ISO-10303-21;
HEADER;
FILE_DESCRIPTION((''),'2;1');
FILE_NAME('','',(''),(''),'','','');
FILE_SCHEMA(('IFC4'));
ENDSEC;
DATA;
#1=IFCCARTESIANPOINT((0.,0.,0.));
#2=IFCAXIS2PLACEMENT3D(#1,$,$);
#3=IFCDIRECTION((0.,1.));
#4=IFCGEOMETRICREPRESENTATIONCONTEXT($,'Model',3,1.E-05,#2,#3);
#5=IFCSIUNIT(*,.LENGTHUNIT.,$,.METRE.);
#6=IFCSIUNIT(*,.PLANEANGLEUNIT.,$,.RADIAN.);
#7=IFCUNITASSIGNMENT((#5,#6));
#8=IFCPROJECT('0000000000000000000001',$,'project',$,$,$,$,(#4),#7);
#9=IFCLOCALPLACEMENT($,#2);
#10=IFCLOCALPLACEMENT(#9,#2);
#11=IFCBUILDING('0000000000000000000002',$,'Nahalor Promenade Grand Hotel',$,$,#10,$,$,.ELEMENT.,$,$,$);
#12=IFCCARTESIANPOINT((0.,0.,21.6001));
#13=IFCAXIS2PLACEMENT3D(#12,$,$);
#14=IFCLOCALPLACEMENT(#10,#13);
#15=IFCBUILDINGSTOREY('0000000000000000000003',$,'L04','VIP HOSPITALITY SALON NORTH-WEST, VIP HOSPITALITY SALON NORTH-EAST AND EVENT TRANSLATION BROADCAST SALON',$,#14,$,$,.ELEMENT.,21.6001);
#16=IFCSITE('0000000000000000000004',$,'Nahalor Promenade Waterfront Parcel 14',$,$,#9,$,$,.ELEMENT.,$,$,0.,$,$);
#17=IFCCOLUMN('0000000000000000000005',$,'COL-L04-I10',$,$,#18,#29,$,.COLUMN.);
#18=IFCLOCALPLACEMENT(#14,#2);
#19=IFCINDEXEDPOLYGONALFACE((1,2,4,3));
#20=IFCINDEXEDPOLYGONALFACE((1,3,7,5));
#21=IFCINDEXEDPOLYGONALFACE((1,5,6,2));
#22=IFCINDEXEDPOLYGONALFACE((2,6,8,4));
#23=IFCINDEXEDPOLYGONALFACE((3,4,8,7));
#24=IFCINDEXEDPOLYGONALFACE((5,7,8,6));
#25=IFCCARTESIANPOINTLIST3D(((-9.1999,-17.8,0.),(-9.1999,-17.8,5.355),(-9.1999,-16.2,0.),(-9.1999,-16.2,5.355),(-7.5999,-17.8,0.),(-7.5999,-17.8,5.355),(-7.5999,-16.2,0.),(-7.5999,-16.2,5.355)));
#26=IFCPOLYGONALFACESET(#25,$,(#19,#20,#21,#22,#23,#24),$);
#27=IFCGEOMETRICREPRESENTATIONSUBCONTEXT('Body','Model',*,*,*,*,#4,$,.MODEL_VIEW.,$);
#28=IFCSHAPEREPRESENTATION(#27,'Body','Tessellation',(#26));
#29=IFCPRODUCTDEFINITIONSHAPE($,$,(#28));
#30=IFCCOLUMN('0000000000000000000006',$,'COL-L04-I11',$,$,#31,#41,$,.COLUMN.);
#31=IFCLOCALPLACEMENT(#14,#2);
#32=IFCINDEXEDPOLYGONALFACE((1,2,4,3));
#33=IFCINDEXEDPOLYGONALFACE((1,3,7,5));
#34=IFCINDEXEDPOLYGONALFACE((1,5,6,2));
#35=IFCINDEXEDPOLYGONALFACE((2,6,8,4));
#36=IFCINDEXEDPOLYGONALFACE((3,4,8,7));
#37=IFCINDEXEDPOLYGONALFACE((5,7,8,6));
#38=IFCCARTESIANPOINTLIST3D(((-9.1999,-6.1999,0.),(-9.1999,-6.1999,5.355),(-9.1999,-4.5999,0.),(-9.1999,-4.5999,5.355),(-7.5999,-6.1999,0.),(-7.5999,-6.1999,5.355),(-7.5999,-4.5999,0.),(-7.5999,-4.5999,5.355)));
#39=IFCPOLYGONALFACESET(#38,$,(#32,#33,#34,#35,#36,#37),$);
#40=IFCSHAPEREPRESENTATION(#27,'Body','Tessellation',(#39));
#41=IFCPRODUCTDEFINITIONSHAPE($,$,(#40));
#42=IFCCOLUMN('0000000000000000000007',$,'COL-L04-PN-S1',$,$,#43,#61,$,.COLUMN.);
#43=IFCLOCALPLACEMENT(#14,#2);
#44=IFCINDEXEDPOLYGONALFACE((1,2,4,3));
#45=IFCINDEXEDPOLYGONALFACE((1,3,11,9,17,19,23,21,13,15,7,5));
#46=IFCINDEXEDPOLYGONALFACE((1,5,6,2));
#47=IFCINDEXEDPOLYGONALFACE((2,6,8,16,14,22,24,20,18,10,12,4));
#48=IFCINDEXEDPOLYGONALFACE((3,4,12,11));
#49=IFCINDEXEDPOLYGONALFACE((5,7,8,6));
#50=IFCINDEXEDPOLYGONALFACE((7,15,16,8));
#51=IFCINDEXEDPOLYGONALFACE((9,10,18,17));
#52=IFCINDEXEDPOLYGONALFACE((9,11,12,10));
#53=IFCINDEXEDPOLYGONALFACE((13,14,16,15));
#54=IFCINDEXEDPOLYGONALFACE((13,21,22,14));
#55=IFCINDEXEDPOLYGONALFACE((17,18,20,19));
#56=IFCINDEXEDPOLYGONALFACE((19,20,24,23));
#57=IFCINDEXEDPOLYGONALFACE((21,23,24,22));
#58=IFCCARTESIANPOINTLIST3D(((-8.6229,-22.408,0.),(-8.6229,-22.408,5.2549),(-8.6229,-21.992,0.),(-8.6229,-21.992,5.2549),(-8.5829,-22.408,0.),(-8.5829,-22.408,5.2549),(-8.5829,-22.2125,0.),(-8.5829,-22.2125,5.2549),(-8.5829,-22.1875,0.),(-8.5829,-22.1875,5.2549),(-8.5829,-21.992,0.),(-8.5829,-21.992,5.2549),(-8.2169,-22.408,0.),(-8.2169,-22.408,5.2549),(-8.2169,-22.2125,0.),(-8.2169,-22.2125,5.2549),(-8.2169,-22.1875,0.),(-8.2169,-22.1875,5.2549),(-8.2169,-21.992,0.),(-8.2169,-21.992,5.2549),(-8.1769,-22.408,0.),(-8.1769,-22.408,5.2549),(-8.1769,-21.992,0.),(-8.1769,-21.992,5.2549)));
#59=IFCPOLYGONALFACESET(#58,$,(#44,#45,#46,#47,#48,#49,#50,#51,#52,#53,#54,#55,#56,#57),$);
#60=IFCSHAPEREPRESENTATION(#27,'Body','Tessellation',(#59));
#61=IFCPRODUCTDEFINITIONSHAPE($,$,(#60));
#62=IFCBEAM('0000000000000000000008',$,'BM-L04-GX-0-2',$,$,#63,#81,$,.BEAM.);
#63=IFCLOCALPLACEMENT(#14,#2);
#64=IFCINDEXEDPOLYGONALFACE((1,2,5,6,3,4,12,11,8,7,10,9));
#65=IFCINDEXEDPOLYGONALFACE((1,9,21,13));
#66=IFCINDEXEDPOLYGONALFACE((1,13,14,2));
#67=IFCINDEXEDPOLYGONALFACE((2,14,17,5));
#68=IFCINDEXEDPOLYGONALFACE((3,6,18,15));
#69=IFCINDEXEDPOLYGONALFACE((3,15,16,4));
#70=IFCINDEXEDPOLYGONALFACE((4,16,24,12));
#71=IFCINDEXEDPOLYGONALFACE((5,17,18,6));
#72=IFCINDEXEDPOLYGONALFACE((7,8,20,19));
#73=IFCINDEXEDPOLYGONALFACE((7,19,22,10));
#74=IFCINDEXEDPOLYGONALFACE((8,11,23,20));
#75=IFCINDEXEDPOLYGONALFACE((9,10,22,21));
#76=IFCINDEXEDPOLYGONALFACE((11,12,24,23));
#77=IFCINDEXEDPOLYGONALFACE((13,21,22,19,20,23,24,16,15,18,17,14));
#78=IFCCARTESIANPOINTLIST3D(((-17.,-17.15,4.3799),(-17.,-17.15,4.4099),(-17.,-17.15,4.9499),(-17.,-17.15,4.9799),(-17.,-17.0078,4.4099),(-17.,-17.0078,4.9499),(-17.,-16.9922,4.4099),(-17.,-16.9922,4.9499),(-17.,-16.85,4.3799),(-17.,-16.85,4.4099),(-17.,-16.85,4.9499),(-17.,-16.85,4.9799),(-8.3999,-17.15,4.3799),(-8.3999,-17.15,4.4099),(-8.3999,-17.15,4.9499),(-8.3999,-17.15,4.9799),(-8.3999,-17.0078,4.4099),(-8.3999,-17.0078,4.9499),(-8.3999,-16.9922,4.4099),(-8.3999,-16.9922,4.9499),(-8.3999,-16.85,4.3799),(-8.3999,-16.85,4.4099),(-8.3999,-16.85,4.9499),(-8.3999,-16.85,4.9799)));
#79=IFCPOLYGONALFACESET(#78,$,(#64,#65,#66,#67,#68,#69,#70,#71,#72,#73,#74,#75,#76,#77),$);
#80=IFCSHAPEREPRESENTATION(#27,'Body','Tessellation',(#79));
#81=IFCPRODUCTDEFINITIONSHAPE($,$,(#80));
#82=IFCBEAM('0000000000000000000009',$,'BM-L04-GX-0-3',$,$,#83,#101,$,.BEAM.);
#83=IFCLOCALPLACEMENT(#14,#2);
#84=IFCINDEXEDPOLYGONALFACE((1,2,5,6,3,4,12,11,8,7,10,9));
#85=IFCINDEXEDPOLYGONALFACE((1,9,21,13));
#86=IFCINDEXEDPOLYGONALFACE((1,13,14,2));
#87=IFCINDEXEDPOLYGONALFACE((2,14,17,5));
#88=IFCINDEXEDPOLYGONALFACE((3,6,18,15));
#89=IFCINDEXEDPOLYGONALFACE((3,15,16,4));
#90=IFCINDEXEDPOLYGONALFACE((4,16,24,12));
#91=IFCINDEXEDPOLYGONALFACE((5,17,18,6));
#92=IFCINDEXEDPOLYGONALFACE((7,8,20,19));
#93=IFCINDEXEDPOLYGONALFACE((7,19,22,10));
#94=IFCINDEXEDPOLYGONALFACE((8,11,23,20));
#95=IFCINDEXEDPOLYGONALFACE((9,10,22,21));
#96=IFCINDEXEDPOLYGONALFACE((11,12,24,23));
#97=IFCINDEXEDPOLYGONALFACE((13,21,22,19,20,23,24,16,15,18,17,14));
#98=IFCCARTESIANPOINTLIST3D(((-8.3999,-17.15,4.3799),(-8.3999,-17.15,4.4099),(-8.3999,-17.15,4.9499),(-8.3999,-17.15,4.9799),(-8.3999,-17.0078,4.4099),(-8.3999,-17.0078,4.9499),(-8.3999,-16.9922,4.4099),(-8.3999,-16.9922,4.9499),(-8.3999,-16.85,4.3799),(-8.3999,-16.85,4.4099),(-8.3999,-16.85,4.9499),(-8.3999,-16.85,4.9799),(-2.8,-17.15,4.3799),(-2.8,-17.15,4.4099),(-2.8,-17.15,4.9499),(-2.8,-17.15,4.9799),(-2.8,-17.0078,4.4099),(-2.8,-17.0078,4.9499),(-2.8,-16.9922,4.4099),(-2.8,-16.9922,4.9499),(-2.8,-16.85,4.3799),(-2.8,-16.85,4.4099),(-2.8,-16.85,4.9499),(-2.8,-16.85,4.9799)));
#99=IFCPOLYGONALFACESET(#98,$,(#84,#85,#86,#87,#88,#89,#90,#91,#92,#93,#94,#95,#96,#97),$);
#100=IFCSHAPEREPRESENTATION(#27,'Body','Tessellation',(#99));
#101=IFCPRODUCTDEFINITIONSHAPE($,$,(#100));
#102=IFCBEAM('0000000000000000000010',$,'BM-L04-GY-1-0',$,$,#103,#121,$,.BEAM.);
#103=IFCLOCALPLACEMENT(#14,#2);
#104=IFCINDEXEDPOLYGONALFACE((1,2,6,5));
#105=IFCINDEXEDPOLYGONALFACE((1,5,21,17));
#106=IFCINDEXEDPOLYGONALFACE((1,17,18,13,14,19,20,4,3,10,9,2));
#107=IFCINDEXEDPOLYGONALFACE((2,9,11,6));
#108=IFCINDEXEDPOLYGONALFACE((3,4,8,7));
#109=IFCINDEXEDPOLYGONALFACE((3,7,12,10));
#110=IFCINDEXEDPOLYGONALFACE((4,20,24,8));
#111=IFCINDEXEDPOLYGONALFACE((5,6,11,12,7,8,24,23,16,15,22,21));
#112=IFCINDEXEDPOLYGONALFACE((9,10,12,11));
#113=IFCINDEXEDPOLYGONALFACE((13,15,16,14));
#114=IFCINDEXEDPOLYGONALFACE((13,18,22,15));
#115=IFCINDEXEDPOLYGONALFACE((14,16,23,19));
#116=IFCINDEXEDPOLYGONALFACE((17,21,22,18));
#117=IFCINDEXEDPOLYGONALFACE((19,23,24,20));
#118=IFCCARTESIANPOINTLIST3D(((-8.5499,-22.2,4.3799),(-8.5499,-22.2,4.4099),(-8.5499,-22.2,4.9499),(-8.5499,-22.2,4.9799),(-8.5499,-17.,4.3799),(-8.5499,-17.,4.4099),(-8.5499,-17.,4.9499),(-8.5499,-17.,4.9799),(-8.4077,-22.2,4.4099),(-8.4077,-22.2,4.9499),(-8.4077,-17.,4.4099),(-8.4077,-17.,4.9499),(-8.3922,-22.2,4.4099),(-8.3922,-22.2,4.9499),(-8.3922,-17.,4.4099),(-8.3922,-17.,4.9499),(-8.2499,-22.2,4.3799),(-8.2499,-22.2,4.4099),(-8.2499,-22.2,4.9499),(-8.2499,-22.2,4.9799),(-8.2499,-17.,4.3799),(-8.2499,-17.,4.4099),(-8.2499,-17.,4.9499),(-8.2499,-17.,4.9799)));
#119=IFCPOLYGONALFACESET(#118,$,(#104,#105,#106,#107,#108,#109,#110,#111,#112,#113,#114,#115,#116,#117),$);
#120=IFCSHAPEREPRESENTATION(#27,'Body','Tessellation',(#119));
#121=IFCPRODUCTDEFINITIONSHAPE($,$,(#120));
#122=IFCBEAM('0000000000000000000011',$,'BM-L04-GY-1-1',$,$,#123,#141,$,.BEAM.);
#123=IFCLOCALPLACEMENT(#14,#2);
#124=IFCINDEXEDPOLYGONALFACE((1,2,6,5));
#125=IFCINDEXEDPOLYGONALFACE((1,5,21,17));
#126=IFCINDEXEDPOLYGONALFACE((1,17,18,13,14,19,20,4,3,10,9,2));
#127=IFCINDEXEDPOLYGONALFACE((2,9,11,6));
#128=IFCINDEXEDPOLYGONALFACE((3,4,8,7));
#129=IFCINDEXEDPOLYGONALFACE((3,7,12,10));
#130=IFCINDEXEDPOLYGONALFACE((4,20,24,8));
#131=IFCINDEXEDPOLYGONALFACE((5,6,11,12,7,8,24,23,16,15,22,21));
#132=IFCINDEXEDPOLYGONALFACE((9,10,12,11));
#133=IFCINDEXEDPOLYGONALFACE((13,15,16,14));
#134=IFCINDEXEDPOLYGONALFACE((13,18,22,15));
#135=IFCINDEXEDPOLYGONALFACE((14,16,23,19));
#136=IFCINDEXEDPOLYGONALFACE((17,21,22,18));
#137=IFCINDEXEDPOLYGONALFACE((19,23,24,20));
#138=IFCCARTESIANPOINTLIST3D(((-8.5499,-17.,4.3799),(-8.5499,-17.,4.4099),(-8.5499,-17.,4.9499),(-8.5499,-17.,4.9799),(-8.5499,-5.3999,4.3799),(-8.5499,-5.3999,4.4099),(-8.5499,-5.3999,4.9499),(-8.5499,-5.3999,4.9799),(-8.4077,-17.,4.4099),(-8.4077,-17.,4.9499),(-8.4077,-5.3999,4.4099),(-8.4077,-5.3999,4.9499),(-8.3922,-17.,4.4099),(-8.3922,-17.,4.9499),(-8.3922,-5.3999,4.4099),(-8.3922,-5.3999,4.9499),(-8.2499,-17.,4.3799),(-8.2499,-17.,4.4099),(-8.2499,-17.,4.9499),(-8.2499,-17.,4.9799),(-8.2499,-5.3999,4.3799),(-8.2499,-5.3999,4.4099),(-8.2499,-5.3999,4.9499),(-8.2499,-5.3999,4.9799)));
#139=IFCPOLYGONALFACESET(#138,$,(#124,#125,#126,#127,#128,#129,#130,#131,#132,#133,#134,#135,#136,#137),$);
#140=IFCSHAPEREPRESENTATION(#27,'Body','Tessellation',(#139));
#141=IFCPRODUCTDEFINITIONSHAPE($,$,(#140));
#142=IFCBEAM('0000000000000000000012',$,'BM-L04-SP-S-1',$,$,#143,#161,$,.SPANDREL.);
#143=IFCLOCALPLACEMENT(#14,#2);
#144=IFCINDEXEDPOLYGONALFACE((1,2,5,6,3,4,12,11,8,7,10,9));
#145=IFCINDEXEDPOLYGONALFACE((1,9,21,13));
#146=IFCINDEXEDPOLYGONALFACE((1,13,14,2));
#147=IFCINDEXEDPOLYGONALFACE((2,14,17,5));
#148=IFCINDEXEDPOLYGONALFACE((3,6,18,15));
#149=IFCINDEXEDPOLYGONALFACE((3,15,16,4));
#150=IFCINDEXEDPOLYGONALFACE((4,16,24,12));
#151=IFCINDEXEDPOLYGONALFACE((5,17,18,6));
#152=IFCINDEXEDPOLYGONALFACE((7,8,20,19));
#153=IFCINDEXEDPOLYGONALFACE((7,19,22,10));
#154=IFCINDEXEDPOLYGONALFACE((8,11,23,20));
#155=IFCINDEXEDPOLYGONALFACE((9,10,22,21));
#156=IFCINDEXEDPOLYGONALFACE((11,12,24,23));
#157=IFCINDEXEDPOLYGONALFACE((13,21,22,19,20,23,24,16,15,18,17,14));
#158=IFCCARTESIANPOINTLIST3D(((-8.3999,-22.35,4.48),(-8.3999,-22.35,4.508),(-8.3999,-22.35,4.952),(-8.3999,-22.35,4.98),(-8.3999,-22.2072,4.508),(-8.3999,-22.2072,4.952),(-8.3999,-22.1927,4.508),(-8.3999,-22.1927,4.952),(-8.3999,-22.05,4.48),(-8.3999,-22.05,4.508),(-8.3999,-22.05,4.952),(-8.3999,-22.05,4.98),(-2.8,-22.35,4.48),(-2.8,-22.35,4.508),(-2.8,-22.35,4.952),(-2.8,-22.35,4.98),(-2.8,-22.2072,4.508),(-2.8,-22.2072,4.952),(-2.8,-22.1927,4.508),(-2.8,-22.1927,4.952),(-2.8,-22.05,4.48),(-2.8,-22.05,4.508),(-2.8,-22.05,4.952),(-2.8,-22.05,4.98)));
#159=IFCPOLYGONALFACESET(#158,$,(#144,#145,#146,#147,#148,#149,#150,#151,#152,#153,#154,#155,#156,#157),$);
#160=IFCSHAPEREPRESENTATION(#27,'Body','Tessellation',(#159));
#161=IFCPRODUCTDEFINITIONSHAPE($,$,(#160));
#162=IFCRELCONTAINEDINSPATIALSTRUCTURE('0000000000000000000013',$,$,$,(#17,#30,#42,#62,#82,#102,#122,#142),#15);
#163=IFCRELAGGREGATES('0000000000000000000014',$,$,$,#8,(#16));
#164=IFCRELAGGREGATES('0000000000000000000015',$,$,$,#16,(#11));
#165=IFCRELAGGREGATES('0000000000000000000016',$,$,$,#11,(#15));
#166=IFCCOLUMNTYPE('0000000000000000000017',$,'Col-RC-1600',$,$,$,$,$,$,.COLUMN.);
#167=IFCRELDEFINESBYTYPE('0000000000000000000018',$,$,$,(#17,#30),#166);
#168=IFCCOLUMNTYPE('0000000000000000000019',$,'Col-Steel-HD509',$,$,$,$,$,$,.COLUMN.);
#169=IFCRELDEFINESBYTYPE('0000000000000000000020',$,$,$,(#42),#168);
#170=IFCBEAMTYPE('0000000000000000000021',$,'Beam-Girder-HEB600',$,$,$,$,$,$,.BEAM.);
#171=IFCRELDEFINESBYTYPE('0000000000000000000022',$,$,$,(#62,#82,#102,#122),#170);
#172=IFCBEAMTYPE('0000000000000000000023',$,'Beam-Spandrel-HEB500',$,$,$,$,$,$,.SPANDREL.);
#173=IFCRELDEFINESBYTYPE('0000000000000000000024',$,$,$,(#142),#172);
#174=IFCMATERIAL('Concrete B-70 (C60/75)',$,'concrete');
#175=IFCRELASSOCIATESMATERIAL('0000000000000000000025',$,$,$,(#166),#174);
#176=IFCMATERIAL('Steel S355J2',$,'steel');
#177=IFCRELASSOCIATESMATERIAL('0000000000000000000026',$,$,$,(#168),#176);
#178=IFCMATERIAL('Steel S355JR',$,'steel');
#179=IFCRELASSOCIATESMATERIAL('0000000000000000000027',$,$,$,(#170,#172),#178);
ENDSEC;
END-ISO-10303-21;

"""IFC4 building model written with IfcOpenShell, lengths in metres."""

from ifc_helpers import new_model, si_unit, direction, frame, origin, origin_2d, place, context, subcontext, project, spatial, rectangle, i_section, extrude, source, transform, mapped, material, material_profile, profile_set, type_object, element, save


model = new_model("IFC4")

# Units and contexts
model_context = context("Model", 3, precision=1e-05, world=origin(), true_north=direction((0.0, 1.0)))
body_context = subcontext(model_context, "Body", "Model", "MODEL_VIEW")
ifc_project = project(units=[si_unit("LENGTHUNIT", "METRE"), si_unit("PLANEANGLEUNIT", "RADIAN")], contexts=[model_context])

# Site, building, storey
site_placement = place(None, origin())
site = spatial("IfcSite", under=ifc_project, at=site_placement, Name="Nahalor Promenade Waterfront Parcel 14", CompositionType="ELEMENT", RefElevation=0.0)
building_placement = place(site_placement, origin())
building = spatial("IfcBuilding", under=site, at=building_placement, Name="Nahalor Promenade Grand Hotel", CompositionType="ELEMENT")
storey_placement = place(building_placement, frame((0.0, 0.0, 21.6001)))
storey = spatial("IfcBuildingStorey", under=building, at=storey_placement, Name="L04", Description="VIP HOSPITALITY SALON NORTH-WEST, VIP HOSPITALITY SALON NORTH-EAST AND EVENT TRANSLATION BROADCAST SALON", CompositionType="ELEMENT", Elevation=21.6001)

# Columns
ifc_material_1 = material(Name="Concrete B-70 (C60/75)", Category="concrete")
ifc_material_profile_1 = material_profile(ifc_material_1, rectangle(XDim=1.6, YDim=1.6, at=origin_2d()), Name="RC 1600x1600")
ifc_profile_set_1 = profile_set([ifc_material_profile_1], Name="Concrete B-70 (C60/75)")
column_type_1 = type_object("IfcColumnType", Name="Col-RC-1600", PredefinedType="COLUMN", material=ifc_profile_set_1)
shared_shape_1 = source(origin(), body_context, "Body", "SweptSolid", [
    extrude(rectangle(XDim=1.6, YDim=1.6, at=origin_2d()), origin(), (0.0, 0.0, 1.0), 5.355),
])
for number, where, z_axis, x_axis, name in (
    (1, (-8.3999, -17.0, 0.0), (0.0, 0.0, 1.0), (1.0, 0.0, 0.0), "COL-L04-I10"),
    (2, (-8.3999, -5.3999, 0.0), (0.0, 0.0, 1.0), (1.0, 0.0, 0.0), "COL-L04-I11"),
):
    element("IfcColumn", number, at=place(storey_placement, frame(where, z_axis=z_axis, x_axis=x_axis)), inside=storey, type_object=column_type_1, Name=name, PredefinedType="COLUMN", context=body_context, shape_type="MappedRepresentation", body=[
        mapped(shared_shape_1, transform((0.0, 0.0, 0.0), scale=1.0)),
    ])
ifc_material_2 = material(Name="Steel S355J2", Category="steel")
ifc_material_profile_2 = material_profile(ifc_material_2, i_section(OverallWidth=0.416, OverallDepth=0.446, WebThickness=0.025, FlangeThickness=0.04, at=origin_2d()), Name="HD 400x509")
ifc_profile_set_2 = profile_set([ifc_material_profile_2], Name="Steel S355J2")
column_type_2 = type_object("IfcColumnType", Name="Col-Steel-HD509", PredefinedType="COLUMN", material=ifc_profile_set_2)
shared_shape_2 = source(origin(), body_context, "Body", "SweptSolid", [
    extrude(i_section(OverallWidth=0.416, OverallDepth=0.446, WebThickness=0.025, FlangeThickness=0.04, at=origin_2d()), origin(), (0.0, 0.0, 1.0), 5.2549),
])
column_placement = place(storey_placement, frame((-8.3999, -22.2, 0.0), z_axis=(0.0, 0.0, 1.0), x_axis=(0.0, 1.0, 0.0)))
element("IfcColumn", 3, at=column_placement, inside=storey, type_object=column_type_2, Name="COL-L04-PN-S1", PredefinedType="COLUMN", context=body_context, shape_type="MappedRepresentation", body=[
    mapped(shared_shape_2, transform((0.0, 0.0, 0.0), scale=1.0)),
])

# Beams
ifc_material_3 = material(Name="Steel S355JR", Category="steel")
ifc_material_profile_3 = material_profile(ifc_material_3, i_section(OverallWidth=0.3, OverallDepth=0.6, WebThickness=0.0155, FlangeThickness=0.03, at=origin_2d()), Name="HEB 600")
ifc_profile_set_3 = profile_set([ifc_material_profile_3], Name="Steel S355JR")
beam_type_1 = type_object("IfcBeamType", Name="Beam-Girder-HEB600", PredefinedType="BEAM", material=ifc_profile_set_3)
shared_shape_3 = source(origin(), body_context, "Body", "SweptSolid", [
    extrude(i_section(OverallWidth=0.3, OverallDepth=0.6, WebThickness=0.0155, FlangeThickness=0.03, at=origin_2d()), origin(), (0.0, 0.0, 1.0), 8.6001),
])
beam_1_placement = place(storey_placement, frame((-17.0, -17.0, 4.6799), z_axis=(1.0, 0.0, 0.0), x_axis=(0.0, 1.0, 0.0)))
element("IfcBeam", 4, at=beam_1_placement, inside=storey, type_object=beam_type_1, Name="BM-L04-GX-0-2", PredefinedType="BEAM", context=body_context, shape_type="MappedRepresentation", body=[
    mapped(shared_shape_3, transform((0.0, 0.0, 0.0), scale=1.0)),
])
shared_shape_4 = source(origin(), body_context, "Body", "SweptSolid", [
    extrude(i_section(OverallWidth=0.3, OverallDepth=0.6, WebThickness=0.0155, FlangeThickness=0.03, at=origin_2d()), origin(), (0.0, 0.0, 1.0), 5.5999),
])
beam_2_placement = place(storey_placement, frame((-8.3999, -17.0, 4.6799), z_axis=(1.0, 0.0, 0.0), x_axis=(0.0, 1.0, 0.0)))
element("IfcBeam", 5, at=beam_2_placement, inside=storey, type_object=beam_type_1, Name="BM-L04-GX-0-3", PredefinedType="BEAM", context=body_context, shape_type="MappedRepresentation", body=[
    mapped(shared_shape_4, transform((0.0, 0.0, 0.0), scale=1.0)),
])
shared_shape_5 = source(origin(), body_context, "Body", "SweptSolid", [
    extrude(i_section(OverallWidth=0.3, OverallDepth=0.6, WebThickness=0.0155, FlangeThickness=0.03, at=origin_2d()), origin(), (0.0, 0.0, 1.0), 5.2),
])
beam_3_placement = place(storey_placement, frame((-8.3999, -22.2, 4.6799), z_axis=(0.0, 1.0, 0.0), x_axis=(-1.0, 0.0, 0.0)))
element("IfcBeam", 6, at=beam_3_placement, inside=storey, type_object=beam_type_1, Name="BM-L04-GY-1-0", PredefinedType="BEAM", context=body_context, shape_type="MappedRepresentation", body=[
    mapped(shared_shape_5, transform((0.0, 0.0, 0.0), scale=1.0)),
])
shared_shape_6 = source(origin(), body_context, "Body", "SweptSolid", [
    extrude(i_section(OverallWidth=0.3, OverallDepth=0.6, WebThickness=0.0155, FlangeThickness=0.03, at=origin_2d()), origin(), (0.0, 0.0, 1.0), 11.6001),
])
beam_4_placement = place(storey_placement, frame((-8.3999, -17.0, 4.6799), z_axis=(0.0, 1.0, 0.0), x_axis=(-1.0, 0.0, 0.0)))
element("IfcBeam", 7, at=beam_4_placement, inside=storey, type_object=beam_type_1, Name="BM-L04-GY-1-1", PredefinedType="BEAM", context=body_context, shape_type="MappedRepresentation", body=[
    mapped(shared_shape_6, transform((0.0, 0.0, 0.0), scale=1.0)),
])
ifc_material_profile_4 = material_profile(ifc_material_3, i_section(OverallWidth=0.3, OverallDepth=0.5, WebThickness=0.0145, FlangeThickness=0.028, at=origin_2d()), Name="HEB 500")
ifc_profile_set_4 = profile_set([ifc_material_profile_4], Name="Steel S355JR")
beam_type_2 = type_object("IfcBeamType", Name="Beam-Spandrel-HEB500", PredefinedType="SPANDREL", material=ifc_profile_set_4)
shared_shape_7 = source(origin(), body_context, "Body", "SweptSolid", [
    extrude(i_section(OverallWidth=0.3, OverallDepth=0.5, WebThickness=0.0145, FlangeThickness=0.028, at=origin_2d()), origin(), (0.0, 0.0, 1.0), 5.5999),
])
beam_5_placement = place(storey_placement, frame((-8.3999, -22.2, 4.73), z_axis=(1.0, 0.0, 0.0), x_axis=(0.0, 1.0, 0.0)))
element("IfcBeam", 8, at=beam_5_placement, inside=storey, type_object=beam_type_2, Name="BM-L04-SP-S-1", PredefinedType="SPANDREL", context=body_context, shape_type="MappedRepresentation", body=[
    mapped(shared_shape_7, transform((0.0, 0.0, 0.0), scale=1.0)),
])

save(model, "model.ifc")
